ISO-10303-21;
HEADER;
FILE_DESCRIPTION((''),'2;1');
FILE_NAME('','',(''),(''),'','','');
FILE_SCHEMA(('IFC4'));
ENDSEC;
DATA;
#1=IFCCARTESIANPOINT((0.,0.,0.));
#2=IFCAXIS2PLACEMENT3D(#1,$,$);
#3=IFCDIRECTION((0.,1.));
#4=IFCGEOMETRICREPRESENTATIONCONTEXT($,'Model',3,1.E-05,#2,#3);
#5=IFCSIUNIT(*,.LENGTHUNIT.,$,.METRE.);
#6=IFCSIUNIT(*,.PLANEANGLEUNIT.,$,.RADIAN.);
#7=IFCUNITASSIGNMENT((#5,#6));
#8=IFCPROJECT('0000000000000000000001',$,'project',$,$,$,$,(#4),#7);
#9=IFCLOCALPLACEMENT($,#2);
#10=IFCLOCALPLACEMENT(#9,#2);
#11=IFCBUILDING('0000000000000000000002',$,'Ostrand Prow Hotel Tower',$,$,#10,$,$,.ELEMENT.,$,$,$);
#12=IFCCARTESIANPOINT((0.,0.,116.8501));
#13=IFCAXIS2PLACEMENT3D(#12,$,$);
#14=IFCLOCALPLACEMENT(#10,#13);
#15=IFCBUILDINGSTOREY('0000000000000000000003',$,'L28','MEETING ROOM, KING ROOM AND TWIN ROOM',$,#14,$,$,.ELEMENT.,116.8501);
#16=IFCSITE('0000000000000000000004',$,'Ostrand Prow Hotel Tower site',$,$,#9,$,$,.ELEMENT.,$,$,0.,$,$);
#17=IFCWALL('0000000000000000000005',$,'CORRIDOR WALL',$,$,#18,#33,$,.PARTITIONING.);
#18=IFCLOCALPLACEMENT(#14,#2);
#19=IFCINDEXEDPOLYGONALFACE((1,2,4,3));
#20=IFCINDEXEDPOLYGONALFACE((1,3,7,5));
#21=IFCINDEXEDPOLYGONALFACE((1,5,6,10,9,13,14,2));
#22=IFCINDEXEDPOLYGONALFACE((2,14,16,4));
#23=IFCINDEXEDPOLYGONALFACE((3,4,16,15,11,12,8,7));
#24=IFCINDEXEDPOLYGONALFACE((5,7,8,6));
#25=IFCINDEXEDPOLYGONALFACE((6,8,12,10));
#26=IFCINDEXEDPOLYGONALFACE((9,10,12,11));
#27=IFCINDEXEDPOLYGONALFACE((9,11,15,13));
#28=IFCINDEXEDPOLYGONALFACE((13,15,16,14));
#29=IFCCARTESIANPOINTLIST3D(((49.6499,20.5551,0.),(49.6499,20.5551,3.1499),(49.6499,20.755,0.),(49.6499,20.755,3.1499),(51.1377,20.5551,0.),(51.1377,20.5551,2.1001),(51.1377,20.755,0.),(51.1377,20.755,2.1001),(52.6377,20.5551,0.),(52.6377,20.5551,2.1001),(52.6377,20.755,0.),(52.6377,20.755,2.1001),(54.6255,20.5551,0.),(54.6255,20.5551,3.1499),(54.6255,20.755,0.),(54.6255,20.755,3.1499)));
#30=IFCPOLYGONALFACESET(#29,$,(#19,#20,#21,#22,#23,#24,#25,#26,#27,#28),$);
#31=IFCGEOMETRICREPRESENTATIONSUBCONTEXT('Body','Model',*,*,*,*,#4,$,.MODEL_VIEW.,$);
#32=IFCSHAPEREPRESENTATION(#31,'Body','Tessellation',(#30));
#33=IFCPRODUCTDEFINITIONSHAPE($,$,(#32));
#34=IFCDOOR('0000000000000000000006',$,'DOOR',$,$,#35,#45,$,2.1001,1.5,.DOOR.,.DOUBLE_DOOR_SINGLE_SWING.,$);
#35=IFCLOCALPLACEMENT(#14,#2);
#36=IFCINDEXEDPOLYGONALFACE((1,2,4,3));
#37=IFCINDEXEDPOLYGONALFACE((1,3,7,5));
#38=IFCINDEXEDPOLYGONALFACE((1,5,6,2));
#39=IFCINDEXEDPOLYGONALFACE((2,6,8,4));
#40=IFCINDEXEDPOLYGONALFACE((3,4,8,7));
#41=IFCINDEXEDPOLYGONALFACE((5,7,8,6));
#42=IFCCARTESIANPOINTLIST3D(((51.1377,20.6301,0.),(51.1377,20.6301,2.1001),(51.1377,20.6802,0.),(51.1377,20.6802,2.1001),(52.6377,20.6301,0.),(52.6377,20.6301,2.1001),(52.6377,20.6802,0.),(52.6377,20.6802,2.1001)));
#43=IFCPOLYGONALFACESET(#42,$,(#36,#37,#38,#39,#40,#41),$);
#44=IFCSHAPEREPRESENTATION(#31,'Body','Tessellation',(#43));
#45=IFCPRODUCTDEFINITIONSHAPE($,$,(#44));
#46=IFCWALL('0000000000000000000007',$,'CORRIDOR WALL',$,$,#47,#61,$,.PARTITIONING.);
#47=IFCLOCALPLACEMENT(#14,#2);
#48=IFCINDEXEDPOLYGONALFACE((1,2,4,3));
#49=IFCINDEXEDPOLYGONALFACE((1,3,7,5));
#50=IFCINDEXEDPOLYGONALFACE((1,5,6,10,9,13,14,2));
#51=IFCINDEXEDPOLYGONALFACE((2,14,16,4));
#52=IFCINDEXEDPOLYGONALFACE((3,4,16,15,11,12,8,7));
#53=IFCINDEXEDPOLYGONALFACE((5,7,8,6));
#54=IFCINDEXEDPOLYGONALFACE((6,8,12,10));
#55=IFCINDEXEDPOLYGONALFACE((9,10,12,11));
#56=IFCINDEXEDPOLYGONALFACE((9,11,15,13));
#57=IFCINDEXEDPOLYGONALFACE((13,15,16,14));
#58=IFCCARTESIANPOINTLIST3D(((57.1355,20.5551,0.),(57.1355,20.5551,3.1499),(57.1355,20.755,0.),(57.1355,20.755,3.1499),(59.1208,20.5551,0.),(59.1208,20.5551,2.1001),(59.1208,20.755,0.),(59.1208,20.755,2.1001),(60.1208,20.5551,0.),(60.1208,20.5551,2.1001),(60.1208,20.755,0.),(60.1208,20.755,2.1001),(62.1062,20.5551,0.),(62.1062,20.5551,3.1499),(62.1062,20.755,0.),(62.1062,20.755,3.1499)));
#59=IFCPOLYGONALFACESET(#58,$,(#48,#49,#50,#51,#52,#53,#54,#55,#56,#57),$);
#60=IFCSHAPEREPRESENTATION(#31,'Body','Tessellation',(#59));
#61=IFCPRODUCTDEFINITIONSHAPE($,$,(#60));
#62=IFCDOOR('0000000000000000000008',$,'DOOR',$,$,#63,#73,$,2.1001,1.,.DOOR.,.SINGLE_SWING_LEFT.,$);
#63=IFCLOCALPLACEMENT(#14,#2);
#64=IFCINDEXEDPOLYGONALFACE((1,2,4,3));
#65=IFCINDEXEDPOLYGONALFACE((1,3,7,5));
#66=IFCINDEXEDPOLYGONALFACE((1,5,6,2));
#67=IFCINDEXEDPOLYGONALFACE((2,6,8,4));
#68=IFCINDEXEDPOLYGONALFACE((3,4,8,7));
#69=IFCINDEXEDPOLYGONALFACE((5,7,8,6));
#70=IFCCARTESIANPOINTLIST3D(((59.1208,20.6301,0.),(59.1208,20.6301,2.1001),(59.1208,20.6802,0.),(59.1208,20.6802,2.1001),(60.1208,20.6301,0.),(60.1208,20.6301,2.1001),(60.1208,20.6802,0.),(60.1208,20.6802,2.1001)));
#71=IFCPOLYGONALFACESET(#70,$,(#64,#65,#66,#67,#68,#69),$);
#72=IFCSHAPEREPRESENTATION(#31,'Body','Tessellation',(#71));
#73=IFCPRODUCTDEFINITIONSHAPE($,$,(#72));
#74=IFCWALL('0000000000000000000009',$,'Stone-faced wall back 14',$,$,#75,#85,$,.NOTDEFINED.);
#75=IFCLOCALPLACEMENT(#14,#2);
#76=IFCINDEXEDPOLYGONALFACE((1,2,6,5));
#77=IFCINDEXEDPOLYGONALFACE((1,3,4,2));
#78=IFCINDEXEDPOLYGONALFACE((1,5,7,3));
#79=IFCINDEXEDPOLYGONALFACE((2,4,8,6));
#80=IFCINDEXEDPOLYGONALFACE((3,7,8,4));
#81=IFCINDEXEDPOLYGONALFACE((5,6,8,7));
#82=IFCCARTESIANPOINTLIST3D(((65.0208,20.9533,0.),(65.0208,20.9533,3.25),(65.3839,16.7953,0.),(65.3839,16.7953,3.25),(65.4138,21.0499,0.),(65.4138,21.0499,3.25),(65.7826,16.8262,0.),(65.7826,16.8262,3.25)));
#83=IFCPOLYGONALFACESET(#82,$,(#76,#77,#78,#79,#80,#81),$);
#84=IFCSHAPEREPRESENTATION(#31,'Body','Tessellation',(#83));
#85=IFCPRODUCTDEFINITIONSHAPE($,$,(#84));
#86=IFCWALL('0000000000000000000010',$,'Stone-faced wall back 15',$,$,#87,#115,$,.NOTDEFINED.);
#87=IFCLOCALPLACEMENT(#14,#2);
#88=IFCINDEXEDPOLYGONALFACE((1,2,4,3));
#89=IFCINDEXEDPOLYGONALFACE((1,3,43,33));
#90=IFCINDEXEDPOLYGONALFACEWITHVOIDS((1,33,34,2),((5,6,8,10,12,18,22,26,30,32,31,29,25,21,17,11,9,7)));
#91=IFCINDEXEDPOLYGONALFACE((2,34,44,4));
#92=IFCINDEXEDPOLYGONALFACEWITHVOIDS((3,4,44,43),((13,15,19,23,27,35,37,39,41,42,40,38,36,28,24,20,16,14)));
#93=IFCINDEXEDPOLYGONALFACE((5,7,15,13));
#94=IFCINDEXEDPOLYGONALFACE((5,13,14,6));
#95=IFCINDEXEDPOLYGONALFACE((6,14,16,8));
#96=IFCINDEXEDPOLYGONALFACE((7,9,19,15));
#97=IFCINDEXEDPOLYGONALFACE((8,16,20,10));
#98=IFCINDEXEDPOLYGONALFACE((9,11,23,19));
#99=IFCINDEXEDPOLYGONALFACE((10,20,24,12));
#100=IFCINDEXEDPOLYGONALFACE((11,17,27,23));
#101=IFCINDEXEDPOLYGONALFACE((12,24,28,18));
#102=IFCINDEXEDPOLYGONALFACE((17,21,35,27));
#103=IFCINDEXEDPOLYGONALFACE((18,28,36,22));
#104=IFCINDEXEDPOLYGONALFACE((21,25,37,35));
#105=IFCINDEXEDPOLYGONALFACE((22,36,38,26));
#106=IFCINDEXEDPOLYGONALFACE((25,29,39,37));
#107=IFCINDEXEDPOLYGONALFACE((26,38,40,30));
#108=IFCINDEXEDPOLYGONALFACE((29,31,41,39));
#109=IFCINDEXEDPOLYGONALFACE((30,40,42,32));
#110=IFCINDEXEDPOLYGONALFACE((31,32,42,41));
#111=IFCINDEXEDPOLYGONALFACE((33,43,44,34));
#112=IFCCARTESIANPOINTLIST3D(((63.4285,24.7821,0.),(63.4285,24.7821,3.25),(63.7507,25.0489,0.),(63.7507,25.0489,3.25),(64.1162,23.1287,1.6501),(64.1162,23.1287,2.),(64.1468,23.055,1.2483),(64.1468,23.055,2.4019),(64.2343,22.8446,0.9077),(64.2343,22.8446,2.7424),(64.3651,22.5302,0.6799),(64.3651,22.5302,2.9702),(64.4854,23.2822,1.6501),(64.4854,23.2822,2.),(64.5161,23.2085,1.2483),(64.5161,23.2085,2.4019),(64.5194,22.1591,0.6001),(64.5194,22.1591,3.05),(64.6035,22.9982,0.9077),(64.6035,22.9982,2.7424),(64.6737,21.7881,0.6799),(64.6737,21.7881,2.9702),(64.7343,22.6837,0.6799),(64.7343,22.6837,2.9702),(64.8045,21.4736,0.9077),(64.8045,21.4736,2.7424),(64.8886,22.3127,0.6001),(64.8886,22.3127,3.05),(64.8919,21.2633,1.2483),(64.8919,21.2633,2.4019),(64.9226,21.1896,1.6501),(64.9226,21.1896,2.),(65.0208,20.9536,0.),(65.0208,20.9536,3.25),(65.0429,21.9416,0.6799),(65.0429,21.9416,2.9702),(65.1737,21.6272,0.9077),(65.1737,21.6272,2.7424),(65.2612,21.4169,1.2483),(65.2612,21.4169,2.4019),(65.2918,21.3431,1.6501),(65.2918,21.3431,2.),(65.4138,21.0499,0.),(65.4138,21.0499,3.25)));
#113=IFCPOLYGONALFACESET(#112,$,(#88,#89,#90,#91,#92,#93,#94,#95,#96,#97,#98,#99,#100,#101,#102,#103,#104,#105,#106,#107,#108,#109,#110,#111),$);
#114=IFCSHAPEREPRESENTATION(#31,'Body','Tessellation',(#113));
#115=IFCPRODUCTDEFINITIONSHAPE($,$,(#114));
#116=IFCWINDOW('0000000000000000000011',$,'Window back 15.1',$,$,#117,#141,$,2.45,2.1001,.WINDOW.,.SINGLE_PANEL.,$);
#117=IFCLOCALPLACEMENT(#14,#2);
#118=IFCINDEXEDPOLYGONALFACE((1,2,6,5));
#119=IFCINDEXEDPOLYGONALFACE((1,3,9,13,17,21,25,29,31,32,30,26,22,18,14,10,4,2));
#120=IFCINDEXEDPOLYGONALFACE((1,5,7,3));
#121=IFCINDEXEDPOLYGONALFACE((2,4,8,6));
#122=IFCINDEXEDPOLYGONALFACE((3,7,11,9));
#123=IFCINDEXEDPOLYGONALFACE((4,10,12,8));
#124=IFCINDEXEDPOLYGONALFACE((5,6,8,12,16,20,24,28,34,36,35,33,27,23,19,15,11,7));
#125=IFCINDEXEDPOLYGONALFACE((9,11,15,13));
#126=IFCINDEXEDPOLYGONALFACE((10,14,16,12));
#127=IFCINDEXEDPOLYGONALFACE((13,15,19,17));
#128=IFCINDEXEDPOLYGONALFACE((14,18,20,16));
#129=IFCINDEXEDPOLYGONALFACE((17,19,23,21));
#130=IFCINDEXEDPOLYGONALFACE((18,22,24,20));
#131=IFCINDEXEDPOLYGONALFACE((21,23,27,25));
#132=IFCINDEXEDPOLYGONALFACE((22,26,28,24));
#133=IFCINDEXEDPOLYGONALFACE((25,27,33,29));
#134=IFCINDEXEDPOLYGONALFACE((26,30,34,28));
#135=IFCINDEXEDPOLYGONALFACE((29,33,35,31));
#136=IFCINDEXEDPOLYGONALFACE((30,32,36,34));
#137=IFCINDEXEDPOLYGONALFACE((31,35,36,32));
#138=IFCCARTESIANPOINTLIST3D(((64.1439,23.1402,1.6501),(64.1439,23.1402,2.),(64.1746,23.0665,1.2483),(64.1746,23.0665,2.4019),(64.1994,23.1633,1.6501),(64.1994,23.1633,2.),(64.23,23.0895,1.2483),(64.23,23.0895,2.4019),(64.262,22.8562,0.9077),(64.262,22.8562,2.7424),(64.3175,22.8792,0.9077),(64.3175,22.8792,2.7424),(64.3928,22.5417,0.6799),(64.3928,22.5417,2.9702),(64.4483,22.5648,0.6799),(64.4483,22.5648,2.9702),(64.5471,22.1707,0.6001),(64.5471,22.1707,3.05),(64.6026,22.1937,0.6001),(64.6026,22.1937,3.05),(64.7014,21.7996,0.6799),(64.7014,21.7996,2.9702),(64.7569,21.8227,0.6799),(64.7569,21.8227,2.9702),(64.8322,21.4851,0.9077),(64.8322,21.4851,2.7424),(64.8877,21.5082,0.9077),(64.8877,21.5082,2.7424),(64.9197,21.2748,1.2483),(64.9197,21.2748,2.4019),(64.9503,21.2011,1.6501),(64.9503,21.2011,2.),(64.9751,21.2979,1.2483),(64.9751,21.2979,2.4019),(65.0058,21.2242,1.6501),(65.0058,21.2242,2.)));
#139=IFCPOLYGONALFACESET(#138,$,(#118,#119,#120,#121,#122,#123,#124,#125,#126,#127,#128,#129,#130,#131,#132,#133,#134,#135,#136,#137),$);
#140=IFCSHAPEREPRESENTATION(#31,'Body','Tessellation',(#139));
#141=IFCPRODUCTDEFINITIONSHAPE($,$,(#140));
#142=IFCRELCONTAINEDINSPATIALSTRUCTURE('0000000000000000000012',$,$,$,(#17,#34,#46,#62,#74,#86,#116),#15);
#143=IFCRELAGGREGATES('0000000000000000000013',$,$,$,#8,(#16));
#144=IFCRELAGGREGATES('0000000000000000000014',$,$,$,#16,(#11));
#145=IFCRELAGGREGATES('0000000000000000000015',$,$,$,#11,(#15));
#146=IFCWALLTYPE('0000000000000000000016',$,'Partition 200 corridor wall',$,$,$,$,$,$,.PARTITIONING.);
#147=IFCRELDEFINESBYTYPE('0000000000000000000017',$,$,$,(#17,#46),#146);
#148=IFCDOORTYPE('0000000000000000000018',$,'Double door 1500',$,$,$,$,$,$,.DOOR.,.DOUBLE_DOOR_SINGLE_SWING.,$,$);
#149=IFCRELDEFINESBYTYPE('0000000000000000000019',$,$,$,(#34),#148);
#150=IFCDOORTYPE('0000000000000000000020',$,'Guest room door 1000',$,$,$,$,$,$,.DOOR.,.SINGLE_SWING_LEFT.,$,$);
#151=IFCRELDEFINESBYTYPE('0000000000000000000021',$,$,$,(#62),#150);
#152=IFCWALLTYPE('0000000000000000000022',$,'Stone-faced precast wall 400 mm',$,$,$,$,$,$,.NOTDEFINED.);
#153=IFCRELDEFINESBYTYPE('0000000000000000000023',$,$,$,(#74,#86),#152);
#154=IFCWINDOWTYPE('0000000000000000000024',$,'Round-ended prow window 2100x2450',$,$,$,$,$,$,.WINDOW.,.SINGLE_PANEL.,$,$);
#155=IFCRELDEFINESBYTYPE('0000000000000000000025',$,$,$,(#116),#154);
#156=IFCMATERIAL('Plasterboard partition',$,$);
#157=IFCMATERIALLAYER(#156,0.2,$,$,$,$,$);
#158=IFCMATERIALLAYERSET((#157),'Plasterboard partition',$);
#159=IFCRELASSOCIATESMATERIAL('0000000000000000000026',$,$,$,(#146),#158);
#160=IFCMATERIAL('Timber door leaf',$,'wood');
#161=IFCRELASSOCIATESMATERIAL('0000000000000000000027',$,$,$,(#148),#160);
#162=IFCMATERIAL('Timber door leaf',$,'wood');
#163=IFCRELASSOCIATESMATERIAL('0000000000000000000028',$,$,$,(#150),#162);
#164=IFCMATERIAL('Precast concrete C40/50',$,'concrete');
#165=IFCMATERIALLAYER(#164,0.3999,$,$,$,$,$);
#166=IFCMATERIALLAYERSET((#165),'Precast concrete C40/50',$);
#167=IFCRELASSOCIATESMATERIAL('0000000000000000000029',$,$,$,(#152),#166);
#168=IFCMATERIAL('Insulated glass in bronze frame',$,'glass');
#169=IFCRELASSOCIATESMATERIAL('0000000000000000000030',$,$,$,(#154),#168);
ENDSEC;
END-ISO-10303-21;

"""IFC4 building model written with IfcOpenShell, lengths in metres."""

from ifc_helpers import new_model, si_unit, direction, frame, frame_2d, origin, place, context, subcontext, project, spatial, polyline, rectangle, outline, extrude, material, layer, layer_set, type_object, element, fill, save


model = new_model("IFC4")

# Units and contexts
model_context = context("Model", 3, precision=1e-05, world=origin(), true_north=direction((0.0, 1.0)))
body_context = subcontext(model_context, "Body", "Model", "MODEL_VIEW")
ifc_project = project(units=[si_unit("LENGTHUNIT", "METRE"), si_unit("PLANEANGLEUNIT", "RADIAN")], contexts=[model_context])

# Site, building, storey
site_placement = place(None, origin())
site = spatial("IfcSite", under=ifc_project, at=site_placement, Name="Ostrand Prow Hotel Tower site", CompositionType="ELEMENT", RefElevation=0.0)
building_placement = place(site_placement, origin())
building = spatial("IfcBuilding", under=site, at=building_placement, Name="Ostrand Prow Hotel Tower", CompositionType="ELEMENT")
storey_placement = place(building_placement, frame((0.0, 0.0, 116.8501)))
storey = spatial("IfcBuildingStorey", under=building, at=storey_placement, Name="L28", Description="MEETING ROOM, KING ROOM AND TWIN ROOM", CompositionType="ELEMENT", Elevation=116.8501)

# Walls, openings, doors
ifc_material_1 = material(Name="Plasterboard partition")
ifc_layer_1 = layer(ifc_material_1, 0.2)
ifc_layer_set_1 = layer_set([ifc_layer_1], Name="Plasterboard partition")
wall_type_1 = type_object("IfcWallType", Name="Partition 200 corridor wall", PredefinedType="PARTITIONING", material=ifc_layer_set_1)
wall_1_placement = place(storey_placement, frame((54.6255, 20.655, 0.0), z_axis=(0.0, 0.0, 1.0), x_axis=(-1.0, 0.0, 0.0)))
wall_1 = element("IfcWall", 1, at=wall_1_placement, inside=storey, type_object=wall_type_1, Name="CORRIDOR WALL", PredefinedType="PARTITIONING", context=body_context, shape_type="SweptSolid", body=[
    extrude(rectangle(XDim=4.9756, YDim=0.2, at=frame_2d((2.4878, 0.0))), origin(), (0.0, 0.0, 1.0), 3.1499),
])
opening_1_placement = place(wall_1_placement, frame((1.9878, 0.0, 0.0)))
opening_1 = element("IfcOpeningElement", 2, at=opening_1_placement, cuts=wall_1, PredefinedType="OPENING", context=body_context, shape_type="SweptSolid", body=[
    extrude(rectangle(XDim=1.5, YDim=2.1001, at=frame_2d((0.75, 1.05))), frame((0.0, 0.1099, 0.0), z_axis=(0.0, -1.0, 0.0), x_axis=(1.0, 0.0, 0.0)), (0.0, 0.0, 1.0), 0.22),
])
ifc_material_2 = material(Name="Timber door leaf", Category="wood")
door_type_1 = type_object("IfcDoorType", Name="Double door 1500", OperationType="DOUBLE_DOOR_SINGLE_SWING", PredefinedType="DOOR", material=ifc_material_2)
door_1_placement = place(opening_1_placement, origin())
door_1 = element("IfcDoor", 3, at=door_1_placement, inside=storey, type_object=door_type_1, Name="DOOR", OperationType="DOUBLE_DOOR_SINGLE_SWING", OverallHeight=2.1001, OverallWidth=1.5, PredefinedType="DOOR", context=body_context, shape_type="SweptSolid", body=[
    extrude(rectangle(XDim=1.5, YDim=2.1001, at=frame_2d((0.75, 1.05))), frame((0.0, 0.0249, 0.0), z_axis=(0.0, -1.0, 0.0), x_axis=(1.0, 0.0, 0.0)), (0.0, 0.0, 1.0), 0.05),
])
fill(opening_1, door_1)
wall_2_placement = place(storey_placement, frame((62.1062, 20.655, 0.0), z_axis=(0.0, 0.0, 1.0), x_axis=(-1.0, 0.0, 0.0)))
wall_2 = element("IfcWall", 4, at=wall_2_placement, inside=storey, type_object=wall_type_1, Name="CORRIDOR WALL", PredefinedType="PARTITIONING", context=body_context, shape_type="SweptSolid", body=[
    extrude(rectangle(XDim=4.9707, YDim=0.2, at=frame_2d((2.4854, 0.0))), origin(), (0.0, 0.0, 1.0), 3.1499),
])
opening_2_placement = place(wall_2_placement, frame((1.9854, 0.0, 0.0)))
opening_2 = element("IfcOpeningElement", 5, at=opening_2_placement, cuts=wall_2, PredefinedType="OPENING", context=body_context, shape_type="SweptSolid", body=[
    extrude(rectangle(XDim=1.0, YDim=2.1001, at=frame_2d((0.5, 1.05))), frame((0.0, 0.1099, 0.0), z_axis=(0.0, -1.0, 0.0), x_axis=(1.0, 0.0, 0.0)), (0.0, 0.0, 1.0), 0.22),
])
ifc_material_3 = material(Name="Timber door leaf", Category="wood")
door_type_2 = type_object("IfcDoorType", Name="Guest room door 1000", OperationType="SINGLE_SWING_LEFT", PredefinedType="DOOR", material=ifc_material_3)
door_2_placement = place(opening_2_placement, origin())
door_2 = element("IfcDoor", 6, at=door_2_placement, inside=storey, type_object=door_type_2, Name="DOOR", OperationType="SINGLE_SWING_LEFT", OverallHeight=2.1001, OverallWidth=1.0, PredefinedType="DOOR", context=body_context, shape_type="SweptSolid", body=[
    extrude(rectangle(XDim=1.0, YDim=2.1001, at=frame_2d((0.5, 1.05))), frame((0.0, 0.0249, 0.0), z_axis=(0.0, -1.0, 0.0), x_axis=(1.0, 0.0, 0.0)), (0.0, 0.0, 1.0), 0.05),
])
fill(opening_2, door_2)

# Wall
ifc_material_4 = material(Name="Precast concrete C40/50", Category="concrete")
ifc_layer_2 = layer(ifc_material_4, 0.3999)
ifc_layer_set_2 = layer_set([ifc_layer_2], Name="Precast concrete C40/50")
wall_type_2 = type_object("IfcWallType", Name="Stone-faced precast wall 400 mm", PredefinedType="NOTDEFINED", material=ifc_layer_set_2)
wall_3_placement = place(storey_placement, frame((65.5833, 16.8108, 0.0), z_axis=(0.0, 0.0, 1.0), x_axis=(-0.086993, 0.996209, 0.0)))
element("IfcWall", 7, at=wall_3_placement, inside=storey, type_object=wall_type_2, Name="Stone-faced wall back 14", PredefinedType="NOTDEFINED", context=body_context, shape_type="SweptSolid", body=[
    extrude(outline(polyline([(-0.002, -0.2), (4.2378, -0.2), (4.1758, 0.2), (0.002, 0.2), (-0.002, -0.2)])), origin(), (0.0, 0.0, 1.0), 3.25),
])

# Wall, opening, window
wall_4_placement = place(storey_placement, frame((65.2173, 21.0017, 0.0), z_axis=(0.0, 0.0, 1.0), x_axis=(-0.383998, 0.923334, 0.0)))
wall_4 = element("IfcWall", 8, at=wall_4_placement, inside=storey, type_object=wall_type_2, Name="Stone-faced wall back 15", PredefinedType="NOTDEFINED", context=body_context, shape_type="SweptSolid", body=[
    extrude(outline(polyline([(-0.031, -0.2), (4.3, -0.2), (4.1775, 0.2), (0.031, 0.2), (-0.031, -0.2)])), origin(), (0.0, 0.0, 1.0), 3.25),
])
opening_3_placement = place(wall_4_placement, frame((0.2866, 0.0, 0.6001)))
opening_3 = element("IfcOpeningElement", 9, at=opening_3_placement, cuts=wall_4, PredefinedType="OPENING", context=body_context, shape_type="SweptSolid", body=[
    extrude(outline(polyline([(0.0, 1.3999), (0.0798, 1.8018), (0.3076, 2.1423), (0.6482, 2.3701), (1.05, 2.45), (1.4519, 2.3701), (1.7925, 2.1423), (2.0203, 1.8018), (2.1001, 1.3999), (2.1001, 1.05), (2.0203, 0.6482), (1.7925, 0.3076), (1.4519, 0.0798), (1.05, 0.0), (0.6482, 0.0798), (0.3076, 0.3076), (0.0798, 0.6482), (0.0, 1.05), (0.0, 1.3999)])), frame((0.0, 0.21, 0.0), z_axis=(0.0, -1.0, 0.0), x_axis=(1.0, 0.0, 0.0)), (0.0, 0.0, 1.0), 0.4199),
])
ifc_material_5 = material(Name="Insulated glass in bronze frame", Category="glass")
window_type_1 = type_object("IfcWindowType", Name="Round-ended prow window 2100x2450", PartitioningType="SINGLE_PANEL", PredefinedType="WINDOW", material=ifc_material_5)
window_1_placement = place(opening_3_placement, origin())
window_1 = element("IfcWindow", 10, at=window_1_placement, inside=storey, type_object=window_type_1, Name="Window back 15.1", OverallHeight=2.45, OverallWidth=2.1001, PartitioningType="SINGLE_PANEL", PredefinedType="WINDOW", context=body_context, shape_type="SweptSolid", body=[
    extrude(outline(polyline([(0.0, 1.3999), (0.0798, 1.8018), (0.3076, 2.1423), (0.6482, 2.3701), (1.05, 2.45), (1.4519, 2.3701), (1.7925, 2.1423), (2.0203, 1.8018), (2.1001, 1.3999), (2.1001, 1.05), (2.0203, 0.6482), (1.7925, 0.3076), (1.4519, 0.0798), (1.05, 0.0), (0.6482, 0.0798), (0.3076, 0.3076), (0.0798, 0.6482), (0.0, 1.05), (0.0, 1.3999)])), frame((0.0, 0.1699, 0.0), z_axis=(0.0, -1.0, 0.0), x_axis=(1.0, 0.0, 0.0)), (0.0, 0.0, 1.0), 0.0601),
])
fill(opening_3, window_1)

save(model, "model.ifc")
